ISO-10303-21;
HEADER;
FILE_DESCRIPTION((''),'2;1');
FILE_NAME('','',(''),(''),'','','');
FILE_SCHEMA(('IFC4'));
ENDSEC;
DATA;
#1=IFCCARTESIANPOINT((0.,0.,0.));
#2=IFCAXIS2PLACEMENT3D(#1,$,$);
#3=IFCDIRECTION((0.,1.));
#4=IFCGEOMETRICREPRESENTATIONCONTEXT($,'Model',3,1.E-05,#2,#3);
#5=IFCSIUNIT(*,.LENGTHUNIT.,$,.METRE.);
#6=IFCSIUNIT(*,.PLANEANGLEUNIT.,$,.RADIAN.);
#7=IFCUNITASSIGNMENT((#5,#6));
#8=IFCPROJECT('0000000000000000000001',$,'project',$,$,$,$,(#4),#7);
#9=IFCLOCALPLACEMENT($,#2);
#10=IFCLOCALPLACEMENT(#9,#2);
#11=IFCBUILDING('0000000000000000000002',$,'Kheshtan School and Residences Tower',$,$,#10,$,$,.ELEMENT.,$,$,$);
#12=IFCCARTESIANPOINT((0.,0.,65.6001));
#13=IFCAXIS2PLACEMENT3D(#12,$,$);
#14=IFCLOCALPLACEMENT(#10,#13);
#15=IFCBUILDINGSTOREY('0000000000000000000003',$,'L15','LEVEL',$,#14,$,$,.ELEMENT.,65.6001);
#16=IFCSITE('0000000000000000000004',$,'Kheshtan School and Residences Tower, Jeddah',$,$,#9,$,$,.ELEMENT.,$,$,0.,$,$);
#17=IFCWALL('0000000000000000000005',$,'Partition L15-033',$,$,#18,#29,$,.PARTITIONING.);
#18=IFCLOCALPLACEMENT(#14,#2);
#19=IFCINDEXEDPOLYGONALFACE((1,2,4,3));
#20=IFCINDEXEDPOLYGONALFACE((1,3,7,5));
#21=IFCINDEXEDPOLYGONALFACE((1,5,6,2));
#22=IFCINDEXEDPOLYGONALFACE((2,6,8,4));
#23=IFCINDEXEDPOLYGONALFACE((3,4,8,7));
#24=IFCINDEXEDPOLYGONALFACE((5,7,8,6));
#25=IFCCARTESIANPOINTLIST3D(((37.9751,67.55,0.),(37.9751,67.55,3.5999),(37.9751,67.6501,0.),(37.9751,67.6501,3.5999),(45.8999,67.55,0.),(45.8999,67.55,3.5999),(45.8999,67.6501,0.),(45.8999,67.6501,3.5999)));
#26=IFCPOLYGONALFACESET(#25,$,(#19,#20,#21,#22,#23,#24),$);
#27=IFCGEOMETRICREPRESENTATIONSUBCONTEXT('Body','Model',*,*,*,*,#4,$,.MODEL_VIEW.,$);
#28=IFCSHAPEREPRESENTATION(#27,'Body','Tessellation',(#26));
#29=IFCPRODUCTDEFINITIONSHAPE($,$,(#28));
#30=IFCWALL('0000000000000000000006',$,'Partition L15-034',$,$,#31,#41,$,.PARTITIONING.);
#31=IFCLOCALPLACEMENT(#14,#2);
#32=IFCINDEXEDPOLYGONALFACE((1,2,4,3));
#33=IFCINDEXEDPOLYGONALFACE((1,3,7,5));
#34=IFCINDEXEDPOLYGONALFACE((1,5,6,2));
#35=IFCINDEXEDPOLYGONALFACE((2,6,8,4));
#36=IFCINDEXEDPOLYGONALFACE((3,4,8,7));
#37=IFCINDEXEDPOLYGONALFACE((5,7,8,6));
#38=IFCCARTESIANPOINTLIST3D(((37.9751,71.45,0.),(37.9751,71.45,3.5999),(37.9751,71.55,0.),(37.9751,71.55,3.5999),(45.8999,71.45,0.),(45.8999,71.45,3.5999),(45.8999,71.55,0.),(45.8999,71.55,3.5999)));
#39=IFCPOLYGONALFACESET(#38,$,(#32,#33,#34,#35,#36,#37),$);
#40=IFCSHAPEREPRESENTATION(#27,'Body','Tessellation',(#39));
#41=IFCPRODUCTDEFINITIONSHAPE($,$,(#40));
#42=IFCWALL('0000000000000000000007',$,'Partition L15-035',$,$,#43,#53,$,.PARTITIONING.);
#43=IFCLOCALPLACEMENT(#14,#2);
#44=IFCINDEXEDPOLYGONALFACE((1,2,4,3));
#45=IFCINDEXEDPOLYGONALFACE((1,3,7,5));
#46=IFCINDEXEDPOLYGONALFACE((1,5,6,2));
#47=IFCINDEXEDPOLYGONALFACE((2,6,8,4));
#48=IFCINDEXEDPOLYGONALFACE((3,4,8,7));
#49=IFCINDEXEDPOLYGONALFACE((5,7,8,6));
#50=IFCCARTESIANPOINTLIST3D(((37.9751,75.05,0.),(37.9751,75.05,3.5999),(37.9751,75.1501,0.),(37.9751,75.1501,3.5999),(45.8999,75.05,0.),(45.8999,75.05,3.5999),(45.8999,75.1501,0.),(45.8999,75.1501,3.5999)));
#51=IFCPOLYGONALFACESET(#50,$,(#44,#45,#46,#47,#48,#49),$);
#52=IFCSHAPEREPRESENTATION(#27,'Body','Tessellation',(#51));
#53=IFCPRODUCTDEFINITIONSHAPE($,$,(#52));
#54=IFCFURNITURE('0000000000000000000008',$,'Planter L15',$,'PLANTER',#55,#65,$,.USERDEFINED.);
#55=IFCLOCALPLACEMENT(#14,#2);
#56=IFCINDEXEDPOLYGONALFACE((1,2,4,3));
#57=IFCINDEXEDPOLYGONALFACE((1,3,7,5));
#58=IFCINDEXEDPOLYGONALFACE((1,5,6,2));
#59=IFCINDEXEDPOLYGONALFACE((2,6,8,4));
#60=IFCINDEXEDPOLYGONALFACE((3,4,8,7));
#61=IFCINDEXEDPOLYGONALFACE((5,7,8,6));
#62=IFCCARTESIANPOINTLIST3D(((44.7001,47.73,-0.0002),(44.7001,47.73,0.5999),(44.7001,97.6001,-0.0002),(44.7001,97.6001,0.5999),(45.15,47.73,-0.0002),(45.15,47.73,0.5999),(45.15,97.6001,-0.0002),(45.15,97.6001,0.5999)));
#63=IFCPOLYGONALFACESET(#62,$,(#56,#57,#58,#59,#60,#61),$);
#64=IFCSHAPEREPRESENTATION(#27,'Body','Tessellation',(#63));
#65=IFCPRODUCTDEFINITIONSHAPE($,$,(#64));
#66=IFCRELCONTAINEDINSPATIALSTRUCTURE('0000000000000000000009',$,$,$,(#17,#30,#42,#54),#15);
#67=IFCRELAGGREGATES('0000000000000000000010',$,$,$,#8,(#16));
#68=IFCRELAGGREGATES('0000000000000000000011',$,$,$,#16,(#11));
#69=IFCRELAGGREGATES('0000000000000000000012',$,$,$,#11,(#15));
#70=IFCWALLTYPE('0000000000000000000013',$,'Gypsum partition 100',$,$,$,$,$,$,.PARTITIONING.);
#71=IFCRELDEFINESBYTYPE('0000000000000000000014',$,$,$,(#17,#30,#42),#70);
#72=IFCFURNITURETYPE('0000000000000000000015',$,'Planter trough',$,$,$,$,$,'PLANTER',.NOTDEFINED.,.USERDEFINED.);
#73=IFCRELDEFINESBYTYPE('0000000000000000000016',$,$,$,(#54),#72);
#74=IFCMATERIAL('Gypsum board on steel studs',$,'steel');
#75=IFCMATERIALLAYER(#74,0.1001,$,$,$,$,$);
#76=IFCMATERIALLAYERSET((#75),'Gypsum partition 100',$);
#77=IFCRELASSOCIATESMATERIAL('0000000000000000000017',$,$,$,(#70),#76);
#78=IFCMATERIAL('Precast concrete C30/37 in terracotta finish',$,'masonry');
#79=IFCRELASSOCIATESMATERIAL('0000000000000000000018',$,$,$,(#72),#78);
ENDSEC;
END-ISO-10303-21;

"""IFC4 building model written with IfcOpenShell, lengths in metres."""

from ifc_helpers import new_model, si_unit, direction, frame, frame_2d, origin, origin_2d, place, context, subcontext, project, spatial, rectangle, extrude, material, layer, layer_set, type_object, element, save


model = new_model("IFC4")

# Units and contexts
model_context = context("Model", 3, precision=1e-05, world=origin(), true_north=direction((0.0, 1.0)))
body_context = subcontext(model_context, "Body", "Model", "MODEL_VIEW")
ifc_project = project(units=[si_unit("LENGTHUNIT", "METRE"), si_unit("PLANEANGLEUNIT", "RADIAN")], contexts=[model_context])

# Site, building, storey
site_placement = place(None, origin())
site = spatial("IfcSite", under=ifc_project, at=site_placement, Name="Kheshtan School and Residences Tower, Jeddah", CompositionType="ELEMENT", RefElevation=0.0)
building_placement = place(site_placement, origin())
building = spatial("IfcBuilding", under=site, at=building_placement, Name="Kheshtan School and Residences Tower", CompositionType="ELEMENT")
storey_placement = place(building_placement, frame((0.0, 0.0, 65.6001)))
storey = spatial("IfcBuildingStorey", under=building, at=storey_placement, Name="L15", Description="LEVEL", CompositionType="ELEMENT", Elevation=65.6001)

# Walls
ifc_material_1 = material(Name="Gypsum board on steel studs", Category="steel")
ifc_layer_1 = layer(ifc_material_1, 0.1001)
ifc_layer_set_1 = layer_set([ifc_layer_1], Name="Gypsum partition 100")
wall_type_1 = type_object("IfcWallType", Name="Gypsum partition 100", PredefinedType="PARTITIONING", material=ifc_layer_set_1)
for number, where, z_axis, x_axis, name in (
    (1, (37.9751, 67.6001, 0.0), (0.0, 0.0, 1.0), (1.0, 0.0, 0.0), "Partition L15-033"),
    (2, (37.9751, 71.5, 0.0), (0.0, 0.0, 1.0), (1.0, 0.0, 0.0), "Partition L15-034"),
    (3, (37.9751, 75.1001, 0.0), (0.0, 0.0, 1.0), (1.0, 0.0, 0.0), "Partition L15-035"),
):
    element("IfcWall", number, at=place(storey_placement, frame(where, z_axis=z_axis, x_axis=x_axis)), inside=storey, type_object=wall_type_1, Name=name, PredefinedType="PARTITIONING", context=body_context, shape_type="SweptSolid", body=[
        extrude(rectangle(XDim=7.9248, YDim=0.1001, at=frame_2d((3.9624, 0.0))), origin(), (0.0, 0.0, 1.0), 3.5999),
    ])

# Furniture
ifc_material_2 = material(Name="Precast concrete C30/37 in terracotta finish", Category="masonry")
furniture_type = type_object("IfcFurnitureType", Name="Planter trough", ElementType="PLANTER", AssemblyPlace="NOTDEFINED", PredefinedType="USERDEFINED", material=ifc_material_2)
furniture_placement = place(storey_placement, frame((44.925, 72.665, -0.0002), z_axis=(0.0, 0.0, 1.0), x_axis=(0.0, -1.0, 0.0)))
element("IfcFurniture", 4, at=furniture_placement, inside=storey, type_object=furniture_type, Name="Planter L15", ObjectType="PLANTER", PredefinedType="USERDEFINED", context=body_context, shape_type="SweptSolid", body=[
    extrude(rectangle(XDim=49.8701, YDim=0.45, at=origin_2d()), origin(), (0.0, 0.0, 1.0), 0.6001),
])

save(model, "model.ifc")
